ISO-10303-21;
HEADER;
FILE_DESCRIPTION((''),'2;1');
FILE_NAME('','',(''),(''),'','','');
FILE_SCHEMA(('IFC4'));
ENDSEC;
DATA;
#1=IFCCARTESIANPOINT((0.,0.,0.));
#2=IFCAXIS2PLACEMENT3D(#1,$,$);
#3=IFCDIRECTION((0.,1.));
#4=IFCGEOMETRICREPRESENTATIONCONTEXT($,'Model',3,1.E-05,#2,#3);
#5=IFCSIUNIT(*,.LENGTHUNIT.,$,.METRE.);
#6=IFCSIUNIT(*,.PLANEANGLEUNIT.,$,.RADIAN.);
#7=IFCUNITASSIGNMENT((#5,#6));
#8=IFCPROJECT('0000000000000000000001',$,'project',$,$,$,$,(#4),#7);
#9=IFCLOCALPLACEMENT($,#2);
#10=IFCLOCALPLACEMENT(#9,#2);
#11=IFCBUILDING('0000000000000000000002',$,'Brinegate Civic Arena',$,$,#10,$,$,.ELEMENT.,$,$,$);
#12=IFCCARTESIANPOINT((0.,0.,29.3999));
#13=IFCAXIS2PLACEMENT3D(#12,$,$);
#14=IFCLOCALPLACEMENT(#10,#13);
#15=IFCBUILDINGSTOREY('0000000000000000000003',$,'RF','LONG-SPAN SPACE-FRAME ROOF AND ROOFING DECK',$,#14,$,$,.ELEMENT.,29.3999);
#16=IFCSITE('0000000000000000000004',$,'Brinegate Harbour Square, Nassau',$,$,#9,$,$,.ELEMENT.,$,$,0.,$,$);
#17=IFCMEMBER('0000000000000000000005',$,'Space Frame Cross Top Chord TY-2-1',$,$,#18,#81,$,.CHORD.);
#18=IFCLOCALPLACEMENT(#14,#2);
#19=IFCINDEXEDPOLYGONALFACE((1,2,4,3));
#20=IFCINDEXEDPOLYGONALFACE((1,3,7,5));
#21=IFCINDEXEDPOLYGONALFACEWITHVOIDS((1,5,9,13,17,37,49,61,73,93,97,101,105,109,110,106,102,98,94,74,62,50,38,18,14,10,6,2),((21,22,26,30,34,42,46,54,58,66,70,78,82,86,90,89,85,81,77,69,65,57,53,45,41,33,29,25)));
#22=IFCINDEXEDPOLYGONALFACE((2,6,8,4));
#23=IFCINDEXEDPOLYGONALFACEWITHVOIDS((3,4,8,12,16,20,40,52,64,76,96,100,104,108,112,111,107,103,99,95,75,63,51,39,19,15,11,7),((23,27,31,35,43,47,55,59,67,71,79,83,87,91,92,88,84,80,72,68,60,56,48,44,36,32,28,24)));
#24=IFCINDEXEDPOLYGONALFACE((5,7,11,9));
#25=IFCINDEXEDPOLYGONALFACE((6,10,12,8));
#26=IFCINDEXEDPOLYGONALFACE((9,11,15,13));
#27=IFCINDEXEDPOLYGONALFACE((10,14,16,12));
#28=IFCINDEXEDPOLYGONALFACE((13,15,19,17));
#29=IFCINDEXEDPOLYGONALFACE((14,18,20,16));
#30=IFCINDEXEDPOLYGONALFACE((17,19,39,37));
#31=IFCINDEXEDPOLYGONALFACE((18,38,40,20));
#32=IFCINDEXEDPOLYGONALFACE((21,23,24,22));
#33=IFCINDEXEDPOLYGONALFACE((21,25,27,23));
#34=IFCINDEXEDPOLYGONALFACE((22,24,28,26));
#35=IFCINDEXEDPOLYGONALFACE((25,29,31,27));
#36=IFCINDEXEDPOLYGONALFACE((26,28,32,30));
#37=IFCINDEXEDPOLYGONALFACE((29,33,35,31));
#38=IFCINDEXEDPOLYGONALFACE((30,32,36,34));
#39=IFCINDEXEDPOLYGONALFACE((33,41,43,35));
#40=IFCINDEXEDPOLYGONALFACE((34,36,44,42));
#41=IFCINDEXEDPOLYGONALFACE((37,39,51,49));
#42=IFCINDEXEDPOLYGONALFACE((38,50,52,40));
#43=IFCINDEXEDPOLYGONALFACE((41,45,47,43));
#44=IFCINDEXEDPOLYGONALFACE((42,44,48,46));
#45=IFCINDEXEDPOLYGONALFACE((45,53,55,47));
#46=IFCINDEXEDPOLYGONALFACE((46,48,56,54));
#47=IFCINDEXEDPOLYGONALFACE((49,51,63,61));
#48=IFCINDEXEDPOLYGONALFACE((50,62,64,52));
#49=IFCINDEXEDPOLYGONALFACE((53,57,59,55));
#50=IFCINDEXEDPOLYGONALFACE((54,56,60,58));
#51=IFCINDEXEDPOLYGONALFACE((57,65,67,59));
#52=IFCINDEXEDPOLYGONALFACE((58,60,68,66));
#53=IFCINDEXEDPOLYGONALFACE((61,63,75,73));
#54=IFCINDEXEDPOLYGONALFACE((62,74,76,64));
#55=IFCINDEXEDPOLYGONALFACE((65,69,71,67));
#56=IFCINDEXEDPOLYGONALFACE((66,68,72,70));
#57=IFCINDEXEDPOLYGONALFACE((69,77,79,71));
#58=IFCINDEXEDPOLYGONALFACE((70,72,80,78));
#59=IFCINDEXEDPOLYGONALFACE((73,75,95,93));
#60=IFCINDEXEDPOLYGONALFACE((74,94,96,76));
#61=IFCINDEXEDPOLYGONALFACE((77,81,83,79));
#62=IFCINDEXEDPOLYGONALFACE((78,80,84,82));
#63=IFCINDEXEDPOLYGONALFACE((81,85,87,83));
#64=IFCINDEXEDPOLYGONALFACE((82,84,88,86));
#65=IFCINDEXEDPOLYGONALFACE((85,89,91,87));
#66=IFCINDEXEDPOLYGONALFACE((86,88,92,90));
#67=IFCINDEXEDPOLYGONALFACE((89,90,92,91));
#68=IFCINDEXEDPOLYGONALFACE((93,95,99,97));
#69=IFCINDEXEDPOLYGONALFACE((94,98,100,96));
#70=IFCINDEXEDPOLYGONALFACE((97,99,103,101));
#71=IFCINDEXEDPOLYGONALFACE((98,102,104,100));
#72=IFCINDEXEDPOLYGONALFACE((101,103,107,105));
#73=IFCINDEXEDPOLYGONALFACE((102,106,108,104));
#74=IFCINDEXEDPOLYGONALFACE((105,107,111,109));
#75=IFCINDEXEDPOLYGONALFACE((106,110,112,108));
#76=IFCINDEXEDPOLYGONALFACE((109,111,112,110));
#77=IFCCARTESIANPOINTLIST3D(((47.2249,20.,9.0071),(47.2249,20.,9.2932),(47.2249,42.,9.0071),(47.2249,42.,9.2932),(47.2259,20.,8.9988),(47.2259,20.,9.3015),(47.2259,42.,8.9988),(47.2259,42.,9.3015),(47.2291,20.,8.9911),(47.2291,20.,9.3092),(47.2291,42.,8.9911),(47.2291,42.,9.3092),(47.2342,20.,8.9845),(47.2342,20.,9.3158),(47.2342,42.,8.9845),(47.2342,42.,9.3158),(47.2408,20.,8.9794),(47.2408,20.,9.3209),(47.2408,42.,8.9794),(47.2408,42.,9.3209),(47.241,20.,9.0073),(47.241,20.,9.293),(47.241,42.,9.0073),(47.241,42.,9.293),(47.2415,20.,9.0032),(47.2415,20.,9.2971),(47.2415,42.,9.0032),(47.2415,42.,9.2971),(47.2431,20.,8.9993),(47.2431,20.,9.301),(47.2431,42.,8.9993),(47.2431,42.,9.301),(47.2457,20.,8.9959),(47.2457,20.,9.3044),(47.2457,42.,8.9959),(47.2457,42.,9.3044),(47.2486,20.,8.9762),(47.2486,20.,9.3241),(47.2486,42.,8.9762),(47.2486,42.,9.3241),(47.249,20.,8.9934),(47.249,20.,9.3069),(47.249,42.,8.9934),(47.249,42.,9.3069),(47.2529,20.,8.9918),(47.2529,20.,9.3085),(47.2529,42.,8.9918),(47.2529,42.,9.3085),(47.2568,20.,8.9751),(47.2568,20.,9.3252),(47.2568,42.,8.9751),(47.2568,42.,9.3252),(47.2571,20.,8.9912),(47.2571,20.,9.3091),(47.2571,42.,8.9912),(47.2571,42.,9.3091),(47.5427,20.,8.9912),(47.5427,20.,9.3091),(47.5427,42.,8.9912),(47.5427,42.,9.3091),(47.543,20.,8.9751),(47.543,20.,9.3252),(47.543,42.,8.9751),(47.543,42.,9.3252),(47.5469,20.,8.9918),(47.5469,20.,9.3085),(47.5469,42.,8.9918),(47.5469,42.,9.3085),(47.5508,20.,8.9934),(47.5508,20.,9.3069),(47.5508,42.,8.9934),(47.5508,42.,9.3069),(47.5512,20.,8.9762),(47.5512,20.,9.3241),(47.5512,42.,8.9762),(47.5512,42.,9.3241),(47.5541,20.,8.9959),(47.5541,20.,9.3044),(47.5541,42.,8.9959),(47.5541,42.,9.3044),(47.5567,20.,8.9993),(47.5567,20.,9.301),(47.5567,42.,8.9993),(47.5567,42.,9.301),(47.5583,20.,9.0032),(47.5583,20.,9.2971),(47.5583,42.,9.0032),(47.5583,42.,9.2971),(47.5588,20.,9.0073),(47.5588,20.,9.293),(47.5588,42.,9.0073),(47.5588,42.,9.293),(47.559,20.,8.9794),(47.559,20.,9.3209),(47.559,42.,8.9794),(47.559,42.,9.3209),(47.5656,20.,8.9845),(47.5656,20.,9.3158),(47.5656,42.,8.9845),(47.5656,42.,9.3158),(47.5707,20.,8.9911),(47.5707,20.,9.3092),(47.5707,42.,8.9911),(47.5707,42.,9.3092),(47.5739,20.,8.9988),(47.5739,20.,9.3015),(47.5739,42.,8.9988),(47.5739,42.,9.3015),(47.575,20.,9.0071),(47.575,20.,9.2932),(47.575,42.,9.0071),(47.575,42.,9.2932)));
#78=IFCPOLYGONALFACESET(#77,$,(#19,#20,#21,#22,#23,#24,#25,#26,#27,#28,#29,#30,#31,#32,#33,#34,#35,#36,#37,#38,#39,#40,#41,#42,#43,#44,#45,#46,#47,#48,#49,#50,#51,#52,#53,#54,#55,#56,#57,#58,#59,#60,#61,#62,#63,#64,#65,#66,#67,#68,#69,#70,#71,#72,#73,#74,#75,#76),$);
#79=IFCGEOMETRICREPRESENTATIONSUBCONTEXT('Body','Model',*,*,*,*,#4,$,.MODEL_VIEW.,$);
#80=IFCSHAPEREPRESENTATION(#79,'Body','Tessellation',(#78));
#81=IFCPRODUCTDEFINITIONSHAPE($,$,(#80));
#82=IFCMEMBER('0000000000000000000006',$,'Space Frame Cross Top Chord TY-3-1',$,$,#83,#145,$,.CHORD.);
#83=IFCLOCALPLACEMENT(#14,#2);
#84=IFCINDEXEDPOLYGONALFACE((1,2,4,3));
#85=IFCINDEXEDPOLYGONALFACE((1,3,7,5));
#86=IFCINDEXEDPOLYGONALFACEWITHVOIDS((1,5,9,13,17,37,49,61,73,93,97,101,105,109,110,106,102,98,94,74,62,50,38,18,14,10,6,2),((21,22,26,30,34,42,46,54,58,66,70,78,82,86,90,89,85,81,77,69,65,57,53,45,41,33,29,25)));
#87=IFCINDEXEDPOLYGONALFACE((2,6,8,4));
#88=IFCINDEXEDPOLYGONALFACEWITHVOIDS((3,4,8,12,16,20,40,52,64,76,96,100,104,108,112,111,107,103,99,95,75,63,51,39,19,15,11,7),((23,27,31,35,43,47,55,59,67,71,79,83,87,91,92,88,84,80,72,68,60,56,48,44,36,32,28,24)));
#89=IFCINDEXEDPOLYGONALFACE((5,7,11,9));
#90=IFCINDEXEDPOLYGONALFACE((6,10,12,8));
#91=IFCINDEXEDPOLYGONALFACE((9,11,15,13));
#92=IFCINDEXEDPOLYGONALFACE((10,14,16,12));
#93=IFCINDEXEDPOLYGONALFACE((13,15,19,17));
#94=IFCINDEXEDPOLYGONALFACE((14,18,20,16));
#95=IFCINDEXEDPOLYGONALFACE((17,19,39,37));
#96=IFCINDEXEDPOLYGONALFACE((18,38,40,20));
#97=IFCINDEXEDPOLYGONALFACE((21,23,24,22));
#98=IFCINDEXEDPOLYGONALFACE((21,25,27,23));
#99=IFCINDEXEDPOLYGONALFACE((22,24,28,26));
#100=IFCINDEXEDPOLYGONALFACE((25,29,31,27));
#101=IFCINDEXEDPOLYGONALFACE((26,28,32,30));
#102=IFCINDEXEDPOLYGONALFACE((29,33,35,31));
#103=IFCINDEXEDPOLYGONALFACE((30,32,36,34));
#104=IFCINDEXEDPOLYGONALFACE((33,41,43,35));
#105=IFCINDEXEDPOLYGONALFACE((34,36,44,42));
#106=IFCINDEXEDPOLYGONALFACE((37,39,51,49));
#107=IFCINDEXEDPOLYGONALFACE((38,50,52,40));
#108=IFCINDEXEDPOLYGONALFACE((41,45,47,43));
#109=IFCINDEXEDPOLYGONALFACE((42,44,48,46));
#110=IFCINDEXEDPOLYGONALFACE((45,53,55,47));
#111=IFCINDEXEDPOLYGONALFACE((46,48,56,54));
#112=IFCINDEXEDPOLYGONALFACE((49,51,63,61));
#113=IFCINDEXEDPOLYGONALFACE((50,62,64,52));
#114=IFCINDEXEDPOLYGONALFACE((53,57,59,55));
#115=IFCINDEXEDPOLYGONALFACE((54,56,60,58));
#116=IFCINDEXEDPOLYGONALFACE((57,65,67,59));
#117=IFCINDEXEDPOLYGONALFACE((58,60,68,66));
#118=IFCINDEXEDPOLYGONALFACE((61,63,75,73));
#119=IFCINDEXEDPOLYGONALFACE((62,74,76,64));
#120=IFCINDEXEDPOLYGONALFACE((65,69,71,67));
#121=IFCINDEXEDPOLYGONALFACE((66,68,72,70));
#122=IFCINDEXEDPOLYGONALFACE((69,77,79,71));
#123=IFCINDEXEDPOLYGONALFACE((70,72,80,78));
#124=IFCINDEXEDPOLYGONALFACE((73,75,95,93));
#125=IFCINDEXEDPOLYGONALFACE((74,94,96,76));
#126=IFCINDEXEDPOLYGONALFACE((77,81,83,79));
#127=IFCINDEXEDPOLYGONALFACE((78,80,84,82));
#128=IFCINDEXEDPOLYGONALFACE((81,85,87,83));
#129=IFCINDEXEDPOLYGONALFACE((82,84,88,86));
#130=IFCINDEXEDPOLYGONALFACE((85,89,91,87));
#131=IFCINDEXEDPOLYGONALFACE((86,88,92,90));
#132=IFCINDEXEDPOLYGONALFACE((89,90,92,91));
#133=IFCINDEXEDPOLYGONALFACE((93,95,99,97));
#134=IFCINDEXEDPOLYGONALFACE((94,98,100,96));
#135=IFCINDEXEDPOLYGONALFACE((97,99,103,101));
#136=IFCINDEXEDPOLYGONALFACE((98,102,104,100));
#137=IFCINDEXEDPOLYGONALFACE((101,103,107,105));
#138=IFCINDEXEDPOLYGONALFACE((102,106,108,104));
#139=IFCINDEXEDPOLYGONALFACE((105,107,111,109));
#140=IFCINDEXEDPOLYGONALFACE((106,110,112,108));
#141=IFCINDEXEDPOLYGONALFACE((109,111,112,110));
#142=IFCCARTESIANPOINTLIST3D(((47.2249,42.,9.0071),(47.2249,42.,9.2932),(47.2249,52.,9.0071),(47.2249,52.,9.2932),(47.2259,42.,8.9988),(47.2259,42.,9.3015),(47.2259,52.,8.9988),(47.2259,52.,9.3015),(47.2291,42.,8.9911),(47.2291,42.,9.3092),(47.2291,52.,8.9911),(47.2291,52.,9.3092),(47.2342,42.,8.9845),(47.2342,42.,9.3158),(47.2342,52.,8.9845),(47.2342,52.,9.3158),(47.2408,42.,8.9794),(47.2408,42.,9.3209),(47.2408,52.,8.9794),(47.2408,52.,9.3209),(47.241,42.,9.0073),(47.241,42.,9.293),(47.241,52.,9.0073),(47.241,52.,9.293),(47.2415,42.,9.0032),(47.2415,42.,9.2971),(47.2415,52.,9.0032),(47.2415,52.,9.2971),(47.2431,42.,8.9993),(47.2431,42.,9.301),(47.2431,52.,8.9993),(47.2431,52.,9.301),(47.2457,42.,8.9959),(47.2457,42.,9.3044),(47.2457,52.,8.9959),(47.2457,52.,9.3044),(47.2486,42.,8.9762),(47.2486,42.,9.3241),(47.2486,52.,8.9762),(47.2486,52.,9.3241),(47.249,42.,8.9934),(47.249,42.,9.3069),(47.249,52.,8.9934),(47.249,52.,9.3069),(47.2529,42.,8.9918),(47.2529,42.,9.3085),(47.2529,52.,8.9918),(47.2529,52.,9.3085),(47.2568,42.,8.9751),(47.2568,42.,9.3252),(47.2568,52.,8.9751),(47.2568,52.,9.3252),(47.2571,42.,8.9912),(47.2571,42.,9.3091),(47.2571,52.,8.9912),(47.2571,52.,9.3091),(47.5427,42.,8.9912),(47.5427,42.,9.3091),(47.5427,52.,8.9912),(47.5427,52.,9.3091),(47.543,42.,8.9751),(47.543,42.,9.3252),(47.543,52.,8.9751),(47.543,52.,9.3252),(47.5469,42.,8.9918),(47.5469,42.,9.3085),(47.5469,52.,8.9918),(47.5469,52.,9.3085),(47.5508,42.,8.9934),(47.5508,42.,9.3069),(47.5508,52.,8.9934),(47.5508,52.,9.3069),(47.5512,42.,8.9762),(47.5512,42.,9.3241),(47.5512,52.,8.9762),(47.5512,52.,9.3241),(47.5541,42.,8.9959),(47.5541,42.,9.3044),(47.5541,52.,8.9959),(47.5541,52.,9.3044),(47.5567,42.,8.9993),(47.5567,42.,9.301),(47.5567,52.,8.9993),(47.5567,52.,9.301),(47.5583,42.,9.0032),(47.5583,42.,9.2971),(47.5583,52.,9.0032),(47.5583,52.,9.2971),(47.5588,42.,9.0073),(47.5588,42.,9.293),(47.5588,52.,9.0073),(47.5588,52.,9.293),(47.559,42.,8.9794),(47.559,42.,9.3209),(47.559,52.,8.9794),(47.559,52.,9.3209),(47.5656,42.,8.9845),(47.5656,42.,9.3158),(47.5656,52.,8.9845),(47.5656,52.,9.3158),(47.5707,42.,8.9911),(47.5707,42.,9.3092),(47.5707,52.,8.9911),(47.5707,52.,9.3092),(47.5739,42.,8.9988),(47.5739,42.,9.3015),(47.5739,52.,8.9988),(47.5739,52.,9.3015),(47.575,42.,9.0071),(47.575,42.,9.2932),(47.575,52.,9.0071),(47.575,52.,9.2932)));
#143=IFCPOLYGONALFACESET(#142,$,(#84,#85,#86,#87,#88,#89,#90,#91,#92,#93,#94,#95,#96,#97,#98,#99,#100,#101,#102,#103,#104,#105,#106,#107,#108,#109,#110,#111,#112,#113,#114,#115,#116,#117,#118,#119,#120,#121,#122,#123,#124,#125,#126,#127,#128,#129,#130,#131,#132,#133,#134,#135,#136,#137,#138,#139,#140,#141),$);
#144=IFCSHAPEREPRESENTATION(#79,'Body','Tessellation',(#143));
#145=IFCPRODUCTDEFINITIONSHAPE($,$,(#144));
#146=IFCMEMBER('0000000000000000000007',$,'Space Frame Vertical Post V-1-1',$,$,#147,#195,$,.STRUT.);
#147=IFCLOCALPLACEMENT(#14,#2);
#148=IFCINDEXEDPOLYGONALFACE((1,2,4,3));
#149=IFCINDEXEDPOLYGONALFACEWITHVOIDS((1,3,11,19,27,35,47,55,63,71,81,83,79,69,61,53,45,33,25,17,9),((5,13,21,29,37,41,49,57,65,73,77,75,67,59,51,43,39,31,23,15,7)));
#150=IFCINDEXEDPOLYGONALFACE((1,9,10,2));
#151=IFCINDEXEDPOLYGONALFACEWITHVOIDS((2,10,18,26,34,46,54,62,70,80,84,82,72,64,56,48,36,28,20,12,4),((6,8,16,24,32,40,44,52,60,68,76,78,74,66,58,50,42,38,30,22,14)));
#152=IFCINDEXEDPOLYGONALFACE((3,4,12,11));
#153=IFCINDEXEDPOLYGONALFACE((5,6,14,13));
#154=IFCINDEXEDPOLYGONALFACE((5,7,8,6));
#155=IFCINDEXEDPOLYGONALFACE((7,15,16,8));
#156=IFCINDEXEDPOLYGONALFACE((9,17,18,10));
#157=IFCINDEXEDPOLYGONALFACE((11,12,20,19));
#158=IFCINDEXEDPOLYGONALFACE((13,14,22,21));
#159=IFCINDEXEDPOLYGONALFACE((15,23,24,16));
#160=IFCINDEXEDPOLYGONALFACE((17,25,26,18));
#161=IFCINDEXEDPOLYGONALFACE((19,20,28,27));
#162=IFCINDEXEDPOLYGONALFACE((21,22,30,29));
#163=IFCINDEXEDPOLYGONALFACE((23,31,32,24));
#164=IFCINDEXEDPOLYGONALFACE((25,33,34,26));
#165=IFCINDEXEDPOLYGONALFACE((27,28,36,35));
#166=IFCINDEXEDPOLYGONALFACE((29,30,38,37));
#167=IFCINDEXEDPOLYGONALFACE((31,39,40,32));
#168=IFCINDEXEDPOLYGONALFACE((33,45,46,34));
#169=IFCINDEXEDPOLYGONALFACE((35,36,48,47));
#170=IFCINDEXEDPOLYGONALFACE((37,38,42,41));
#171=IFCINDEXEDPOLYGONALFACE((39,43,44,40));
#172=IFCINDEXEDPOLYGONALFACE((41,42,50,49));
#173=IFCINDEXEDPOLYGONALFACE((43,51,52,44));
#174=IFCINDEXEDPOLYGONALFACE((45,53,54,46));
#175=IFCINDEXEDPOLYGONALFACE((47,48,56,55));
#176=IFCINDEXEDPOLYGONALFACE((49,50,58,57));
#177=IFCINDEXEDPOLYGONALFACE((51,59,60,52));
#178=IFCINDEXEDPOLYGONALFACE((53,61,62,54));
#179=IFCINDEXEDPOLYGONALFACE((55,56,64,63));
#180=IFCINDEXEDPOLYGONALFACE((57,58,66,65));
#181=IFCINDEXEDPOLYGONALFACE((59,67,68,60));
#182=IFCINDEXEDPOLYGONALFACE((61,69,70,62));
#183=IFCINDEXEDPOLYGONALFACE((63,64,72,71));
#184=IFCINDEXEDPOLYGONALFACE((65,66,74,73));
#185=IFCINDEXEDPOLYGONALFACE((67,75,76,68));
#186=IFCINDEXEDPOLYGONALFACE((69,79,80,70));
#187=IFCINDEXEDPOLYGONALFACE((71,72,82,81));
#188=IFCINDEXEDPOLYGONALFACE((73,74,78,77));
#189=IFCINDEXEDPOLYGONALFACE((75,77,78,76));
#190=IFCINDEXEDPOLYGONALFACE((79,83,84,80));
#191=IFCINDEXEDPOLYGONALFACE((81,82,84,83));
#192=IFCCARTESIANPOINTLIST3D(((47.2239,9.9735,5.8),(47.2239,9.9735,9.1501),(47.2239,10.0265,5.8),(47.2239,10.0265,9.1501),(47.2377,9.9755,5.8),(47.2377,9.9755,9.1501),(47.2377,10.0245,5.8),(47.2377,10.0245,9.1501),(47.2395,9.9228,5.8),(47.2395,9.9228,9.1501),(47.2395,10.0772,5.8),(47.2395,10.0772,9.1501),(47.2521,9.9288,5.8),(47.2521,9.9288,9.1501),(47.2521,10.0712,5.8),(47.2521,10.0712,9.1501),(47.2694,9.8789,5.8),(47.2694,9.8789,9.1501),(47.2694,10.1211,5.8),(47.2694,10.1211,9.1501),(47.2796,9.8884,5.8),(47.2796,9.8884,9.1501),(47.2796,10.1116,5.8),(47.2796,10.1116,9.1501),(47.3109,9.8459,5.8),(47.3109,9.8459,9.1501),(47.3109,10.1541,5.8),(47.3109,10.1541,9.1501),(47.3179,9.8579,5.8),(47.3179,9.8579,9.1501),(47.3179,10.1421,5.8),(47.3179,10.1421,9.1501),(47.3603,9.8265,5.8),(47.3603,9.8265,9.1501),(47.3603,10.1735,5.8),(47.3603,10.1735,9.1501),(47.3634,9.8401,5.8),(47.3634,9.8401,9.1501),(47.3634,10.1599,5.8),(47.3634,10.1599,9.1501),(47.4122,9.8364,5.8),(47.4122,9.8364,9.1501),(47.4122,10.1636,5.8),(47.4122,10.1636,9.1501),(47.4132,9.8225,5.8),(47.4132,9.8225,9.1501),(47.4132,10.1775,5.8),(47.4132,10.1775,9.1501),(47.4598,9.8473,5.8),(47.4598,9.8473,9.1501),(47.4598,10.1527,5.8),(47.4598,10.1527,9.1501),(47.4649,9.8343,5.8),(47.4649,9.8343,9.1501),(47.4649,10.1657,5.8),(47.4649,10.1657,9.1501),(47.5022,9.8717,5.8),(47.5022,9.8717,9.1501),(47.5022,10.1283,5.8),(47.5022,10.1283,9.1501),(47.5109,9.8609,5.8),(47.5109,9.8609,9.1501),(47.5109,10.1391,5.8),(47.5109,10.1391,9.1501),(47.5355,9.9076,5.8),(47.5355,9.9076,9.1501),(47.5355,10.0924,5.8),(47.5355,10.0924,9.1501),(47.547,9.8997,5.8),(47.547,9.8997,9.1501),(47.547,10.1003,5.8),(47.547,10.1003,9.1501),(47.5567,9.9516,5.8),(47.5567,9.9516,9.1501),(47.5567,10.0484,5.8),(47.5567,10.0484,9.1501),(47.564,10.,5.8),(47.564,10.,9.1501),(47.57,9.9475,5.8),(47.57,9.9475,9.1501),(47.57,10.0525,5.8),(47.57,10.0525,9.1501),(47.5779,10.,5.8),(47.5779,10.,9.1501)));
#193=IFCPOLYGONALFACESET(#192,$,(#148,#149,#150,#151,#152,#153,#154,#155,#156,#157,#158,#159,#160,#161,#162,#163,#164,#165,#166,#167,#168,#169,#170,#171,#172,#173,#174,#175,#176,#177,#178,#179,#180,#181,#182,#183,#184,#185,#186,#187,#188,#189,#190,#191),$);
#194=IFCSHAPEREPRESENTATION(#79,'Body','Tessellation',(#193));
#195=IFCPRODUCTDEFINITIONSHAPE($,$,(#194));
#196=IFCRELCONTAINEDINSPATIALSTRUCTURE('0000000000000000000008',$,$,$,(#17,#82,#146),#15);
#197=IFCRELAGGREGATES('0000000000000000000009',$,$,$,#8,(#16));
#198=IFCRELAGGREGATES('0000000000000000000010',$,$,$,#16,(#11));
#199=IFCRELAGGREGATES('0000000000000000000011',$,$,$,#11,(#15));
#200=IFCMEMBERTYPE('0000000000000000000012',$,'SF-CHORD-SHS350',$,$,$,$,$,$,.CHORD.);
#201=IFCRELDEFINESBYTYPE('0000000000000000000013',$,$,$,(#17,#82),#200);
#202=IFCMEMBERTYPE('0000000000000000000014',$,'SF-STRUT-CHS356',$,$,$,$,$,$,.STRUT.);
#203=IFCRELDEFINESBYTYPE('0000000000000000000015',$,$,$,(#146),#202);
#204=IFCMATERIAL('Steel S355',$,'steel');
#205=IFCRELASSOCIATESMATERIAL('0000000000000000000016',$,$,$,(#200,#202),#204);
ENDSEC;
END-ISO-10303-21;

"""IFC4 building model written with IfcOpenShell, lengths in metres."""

from ifc_helpers import new_model, si_unit, direction, frame, origin, origin_2d, place, context, subcontext, project, spatial, hollow_rectangle, hollow_circle, extrude, material, material_profile, profile_set, type_object, element, save


model = new_model("IFC4")

# Units and contexts
model_context = context("Model", 3, precision=1e-05, world=origin(), true_north=direction((0.0, 1.0)))
body_context = subcontext(model_context, "Body", "Model", "MODEL_VIEW")
ifc_project = project(units=[si_unit("LENGTHUNIT", "METRE"), si_unit("PLANEANGLEUNIT", "RADIAN")], contexts=[model_context])

# Site, building, storey
site_placement = place(None, origin())
site = spatial("IfcSite", under=ifc_project, at=site_placement, Name="Brinegate Harbour Square, Nassau", CompositionType="ELEMENT", RefElevation=0.0)
building_placement = place(site_placement, origin())
building = spatial("IfcBuilding", under=site, at=building_placement, Name="Brinegate Civic Arena", CompositionType="ELEMENT")
storey_placement = place(building_placement, frame((0.0, 0.0, 29.3999)))
storey = spatial("IfcBuildingStorey", under=building, at=storey_placement, Name="RF", Description="LONG-SPAN SPACE-FRAME ROOF AND ROOFING DECK", CompositionType="ELEMENT", Elevation=29.3999)

# Members
ifc_material_1 = material(Name="Steel S355", Category="steel")
ifc_material_profile_1 = material_profile(ifc_material_1, hollow_rectangle(XDim=0.3501, YDim=0.3501, WallThickness=0.0161, InnerFilletRadius=0.0161, OuterFilletRadius=0.032, at=origin_2d()), Name="SHS350X16")
ifc_profile_set_1 = profile_set([ifc_material_profile_1], Name="Steel S355")
member_type_1 = type_object("IfcMemberType", Name="SF-CHORD-SHS350", PredefinedType="CHORD", material=ifc_profile_set_1)
member_1_placement = place(storey_placement, frame((47.3999, 20.0, 9.1501), z_axis=(0.0, 1.0, 0.0), x_axis=(-1.0, 0.0, 0.0)))
element("IfcMember", 1, at=member_1_placement, inside=storey, type_object=member_type_1, Name="Space Frame Cross Top Chord TY-2-1", PredefinedType="CHORD", context=body_context, shape_type="SweptSolid", body=[
    extrude(hollow_rectangle(XDim=0.3501, YDim=0.3501, WallThickness=0.0161, InnerFilletRadius=0.0161, OuterFilletRadius=0.032, at=origin_2d()), origin(), (0.0, 0.0, 1.0), 22.0),
])
member_2_placement = place(storey_placement, frame((47.3999, 42.0, 9.1501), z_axis=(0.0, 1.0, 0.0), x_axis=(-1.0, 0.0, 0.0)))
element("IfcMember", 2, at=member_2_placement, inside=storey, type_object=member_type_1, Name="Space Frame Cross Top Chord TY-3-1", PredefinedType="CHORD", context=body_context, shape_type="SweptSolid", body=[
    extrude(hollow_rectangle(XDim=0.3501, YDim=0.3501, WallThickness=0.0161, InnerFilletRadius=0.0161, OuterFilletRadius=0.032, at=origin_2d()), origin(), (0.0, 0.0, 1.0), 10.0),
])
ifc_material_profile_2 = material_profile(ifc_material_1, hollow_circle(Radius=0.178, WallThickness=0.0139, at=origin_2d()), Name="CHS356X14")
ifc_profile_set_2 = profile_set([ifc_material_profile_2], Name="Steel S355")
member_type_2 = type_object("IfcMemberType", Name="SF-STRUT-CHS356", PredefinedType="STRUT", material=ifc_profile_set_2)
for number, where, z_axis, x_axis, name in (
    (3, (47.3999, 10.0, 5.8), (0.0, 0.0, 1.0), (1.0, 0.0, 0.0), "Space Frame Vertical Post V-1-1"),
):
    element("IfcMember", number, at=place(storey_placement, frame(where, z_axis=z_axis, x_axis=x_axis)), inside=storey, type_object=member_type_2, Name=name, PredefinedType="STRUT", context=body_context, shape_type="SweptSolid", body=[
        extrude(hollow_circle(Radius=0.178, WallThickness=0.0139, at=origin_2d()), origin(), (0.0, 0.0, 1.0), 3.3501),
    ])

save(model, "model.ifc")
